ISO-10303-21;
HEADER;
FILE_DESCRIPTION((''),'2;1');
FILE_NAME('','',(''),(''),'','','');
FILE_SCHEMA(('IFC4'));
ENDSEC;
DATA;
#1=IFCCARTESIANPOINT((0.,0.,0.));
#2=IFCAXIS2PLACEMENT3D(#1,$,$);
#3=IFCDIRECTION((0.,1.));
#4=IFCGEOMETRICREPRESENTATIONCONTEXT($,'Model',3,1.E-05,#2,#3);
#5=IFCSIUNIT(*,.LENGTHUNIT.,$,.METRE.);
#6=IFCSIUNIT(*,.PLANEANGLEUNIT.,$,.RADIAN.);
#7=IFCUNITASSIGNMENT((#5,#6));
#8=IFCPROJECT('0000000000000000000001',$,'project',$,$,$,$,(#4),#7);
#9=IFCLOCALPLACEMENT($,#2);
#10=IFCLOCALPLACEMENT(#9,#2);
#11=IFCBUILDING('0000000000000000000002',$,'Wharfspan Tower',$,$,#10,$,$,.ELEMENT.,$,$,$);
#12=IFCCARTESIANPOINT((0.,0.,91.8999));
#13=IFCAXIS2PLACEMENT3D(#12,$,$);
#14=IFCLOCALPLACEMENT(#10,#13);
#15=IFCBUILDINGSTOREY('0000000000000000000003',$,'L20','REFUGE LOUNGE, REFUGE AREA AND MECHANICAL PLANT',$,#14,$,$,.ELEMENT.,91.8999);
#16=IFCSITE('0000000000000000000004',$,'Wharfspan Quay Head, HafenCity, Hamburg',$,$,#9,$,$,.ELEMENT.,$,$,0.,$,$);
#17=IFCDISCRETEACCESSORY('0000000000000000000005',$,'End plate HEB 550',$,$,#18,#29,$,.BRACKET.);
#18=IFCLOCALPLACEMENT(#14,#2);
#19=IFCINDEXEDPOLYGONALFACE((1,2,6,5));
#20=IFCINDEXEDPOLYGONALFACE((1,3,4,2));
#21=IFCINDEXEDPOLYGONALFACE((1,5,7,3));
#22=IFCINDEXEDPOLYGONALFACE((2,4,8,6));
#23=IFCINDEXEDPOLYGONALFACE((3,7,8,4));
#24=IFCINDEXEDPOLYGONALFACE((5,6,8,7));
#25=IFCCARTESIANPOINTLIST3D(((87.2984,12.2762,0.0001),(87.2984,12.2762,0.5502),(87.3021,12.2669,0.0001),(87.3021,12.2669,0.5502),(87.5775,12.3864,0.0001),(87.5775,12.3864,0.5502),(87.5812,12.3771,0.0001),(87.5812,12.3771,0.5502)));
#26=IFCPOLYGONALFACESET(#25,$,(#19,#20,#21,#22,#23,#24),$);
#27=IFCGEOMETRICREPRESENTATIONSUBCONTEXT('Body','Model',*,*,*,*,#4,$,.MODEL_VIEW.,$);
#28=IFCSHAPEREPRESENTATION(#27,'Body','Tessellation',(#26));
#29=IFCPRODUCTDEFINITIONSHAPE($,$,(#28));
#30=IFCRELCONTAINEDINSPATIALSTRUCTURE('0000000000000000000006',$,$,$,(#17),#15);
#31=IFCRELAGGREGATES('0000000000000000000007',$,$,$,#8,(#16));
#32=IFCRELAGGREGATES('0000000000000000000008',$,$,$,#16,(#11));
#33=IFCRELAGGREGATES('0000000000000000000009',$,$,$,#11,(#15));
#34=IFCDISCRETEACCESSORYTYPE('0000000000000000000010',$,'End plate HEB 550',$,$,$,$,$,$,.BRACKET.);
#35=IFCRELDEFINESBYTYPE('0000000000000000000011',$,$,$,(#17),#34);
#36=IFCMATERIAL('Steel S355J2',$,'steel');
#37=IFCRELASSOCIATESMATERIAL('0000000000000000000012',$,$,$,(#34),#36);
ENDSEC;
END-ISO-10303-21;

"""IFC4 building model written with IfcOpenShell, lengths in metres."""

from ifc_helpers import new_model, si_unit, direction, frame, origin, origin_2d, place, context, subcontext, project, spatial, rectangle, extrude, material, material_profile, profile_set, type_object, element, save


model = new_model("IFC4")

# Units and contexts
model_context = context("Model", 3, precision=1e-05, world=origin(), true_north=direction((0.0, 1.0)))
body_context = subcontext(model_context, "Body", "Model", "MODEL_VIEW")
ifc_project = project(units=[si_unit("LENGTHUNIT", "METRE"), si_unit("PLANEANGLEUNIT", "RADIAN")], contexts=[model_context])

# Site, building, storey
site_placement = place(None, origin())
site = spatial("IfcSite", under=ifc_project, at=site_placement, Name="Wharfspan Quay Head, HafenCity, Hamburg", CompositionType="ELEMENT", RefElevation=0.0)
building_placement = place(site_placement, origin())
building = spatial("IfcBuilding", under=site, at=building_placement, Name="Wharfspan Tower", CompositionType="ELEMENT")
storey_placement = place(building_placement, frame((0.0, 0.0, 91.8999)))
storey = spatial("IfcBuildingStorey", under=building, at=storey_placement, Name="L20", Description="REFUGE LOUNGE, REFUGE AREA AND MECHANICAL PLANT", CompositionType="ELEMENT", Elevation=91.8999)

# Shared definitions
ifc_material_1 = material(Name="Steel S355J2", Category="steel")

# Discrete accessory
ifc_material_profile_1 = material_profile(ifc_material_1, rectangle(XDim=0.3, YDim=0.55, at=origin_2d()))
ifc_profile_set_1 = profile_set([ifc_material_profile_1], Name="Steel S355J2")
discrete_accessory_type_1 = type_object("IfcDiscreteAccessoryType", Name="End plate HEB 550", PredefinedType="BRACKET", material=ifc_profile_set_1)
for number, where, z_axis, x_axis, name in (
    (1, (87.4416, 12.322, 0.2751), (-0.367167, 0.930155, 0.0), (-0.930155, -0.367167, 0.0), "End plate HEB 550"),
):
    element("IfcDiscreteAccessory", number, at=place(storey_placement, frame(where, z_axis=z_axis, x_axis=x_axis)), inside=storey, type_object=discrete_accessory_type_1, Name=name, PredefinedType="BRACKET", context=body_context, shape_type="SweptSolid", body=[
        extrude(rectangle(XDim=0.3, YDim=0.55, at=origin_2d()), origin(), (0.0, 0.0, 1.0), 0.01),
    ])

save(model, "model.ifc")
